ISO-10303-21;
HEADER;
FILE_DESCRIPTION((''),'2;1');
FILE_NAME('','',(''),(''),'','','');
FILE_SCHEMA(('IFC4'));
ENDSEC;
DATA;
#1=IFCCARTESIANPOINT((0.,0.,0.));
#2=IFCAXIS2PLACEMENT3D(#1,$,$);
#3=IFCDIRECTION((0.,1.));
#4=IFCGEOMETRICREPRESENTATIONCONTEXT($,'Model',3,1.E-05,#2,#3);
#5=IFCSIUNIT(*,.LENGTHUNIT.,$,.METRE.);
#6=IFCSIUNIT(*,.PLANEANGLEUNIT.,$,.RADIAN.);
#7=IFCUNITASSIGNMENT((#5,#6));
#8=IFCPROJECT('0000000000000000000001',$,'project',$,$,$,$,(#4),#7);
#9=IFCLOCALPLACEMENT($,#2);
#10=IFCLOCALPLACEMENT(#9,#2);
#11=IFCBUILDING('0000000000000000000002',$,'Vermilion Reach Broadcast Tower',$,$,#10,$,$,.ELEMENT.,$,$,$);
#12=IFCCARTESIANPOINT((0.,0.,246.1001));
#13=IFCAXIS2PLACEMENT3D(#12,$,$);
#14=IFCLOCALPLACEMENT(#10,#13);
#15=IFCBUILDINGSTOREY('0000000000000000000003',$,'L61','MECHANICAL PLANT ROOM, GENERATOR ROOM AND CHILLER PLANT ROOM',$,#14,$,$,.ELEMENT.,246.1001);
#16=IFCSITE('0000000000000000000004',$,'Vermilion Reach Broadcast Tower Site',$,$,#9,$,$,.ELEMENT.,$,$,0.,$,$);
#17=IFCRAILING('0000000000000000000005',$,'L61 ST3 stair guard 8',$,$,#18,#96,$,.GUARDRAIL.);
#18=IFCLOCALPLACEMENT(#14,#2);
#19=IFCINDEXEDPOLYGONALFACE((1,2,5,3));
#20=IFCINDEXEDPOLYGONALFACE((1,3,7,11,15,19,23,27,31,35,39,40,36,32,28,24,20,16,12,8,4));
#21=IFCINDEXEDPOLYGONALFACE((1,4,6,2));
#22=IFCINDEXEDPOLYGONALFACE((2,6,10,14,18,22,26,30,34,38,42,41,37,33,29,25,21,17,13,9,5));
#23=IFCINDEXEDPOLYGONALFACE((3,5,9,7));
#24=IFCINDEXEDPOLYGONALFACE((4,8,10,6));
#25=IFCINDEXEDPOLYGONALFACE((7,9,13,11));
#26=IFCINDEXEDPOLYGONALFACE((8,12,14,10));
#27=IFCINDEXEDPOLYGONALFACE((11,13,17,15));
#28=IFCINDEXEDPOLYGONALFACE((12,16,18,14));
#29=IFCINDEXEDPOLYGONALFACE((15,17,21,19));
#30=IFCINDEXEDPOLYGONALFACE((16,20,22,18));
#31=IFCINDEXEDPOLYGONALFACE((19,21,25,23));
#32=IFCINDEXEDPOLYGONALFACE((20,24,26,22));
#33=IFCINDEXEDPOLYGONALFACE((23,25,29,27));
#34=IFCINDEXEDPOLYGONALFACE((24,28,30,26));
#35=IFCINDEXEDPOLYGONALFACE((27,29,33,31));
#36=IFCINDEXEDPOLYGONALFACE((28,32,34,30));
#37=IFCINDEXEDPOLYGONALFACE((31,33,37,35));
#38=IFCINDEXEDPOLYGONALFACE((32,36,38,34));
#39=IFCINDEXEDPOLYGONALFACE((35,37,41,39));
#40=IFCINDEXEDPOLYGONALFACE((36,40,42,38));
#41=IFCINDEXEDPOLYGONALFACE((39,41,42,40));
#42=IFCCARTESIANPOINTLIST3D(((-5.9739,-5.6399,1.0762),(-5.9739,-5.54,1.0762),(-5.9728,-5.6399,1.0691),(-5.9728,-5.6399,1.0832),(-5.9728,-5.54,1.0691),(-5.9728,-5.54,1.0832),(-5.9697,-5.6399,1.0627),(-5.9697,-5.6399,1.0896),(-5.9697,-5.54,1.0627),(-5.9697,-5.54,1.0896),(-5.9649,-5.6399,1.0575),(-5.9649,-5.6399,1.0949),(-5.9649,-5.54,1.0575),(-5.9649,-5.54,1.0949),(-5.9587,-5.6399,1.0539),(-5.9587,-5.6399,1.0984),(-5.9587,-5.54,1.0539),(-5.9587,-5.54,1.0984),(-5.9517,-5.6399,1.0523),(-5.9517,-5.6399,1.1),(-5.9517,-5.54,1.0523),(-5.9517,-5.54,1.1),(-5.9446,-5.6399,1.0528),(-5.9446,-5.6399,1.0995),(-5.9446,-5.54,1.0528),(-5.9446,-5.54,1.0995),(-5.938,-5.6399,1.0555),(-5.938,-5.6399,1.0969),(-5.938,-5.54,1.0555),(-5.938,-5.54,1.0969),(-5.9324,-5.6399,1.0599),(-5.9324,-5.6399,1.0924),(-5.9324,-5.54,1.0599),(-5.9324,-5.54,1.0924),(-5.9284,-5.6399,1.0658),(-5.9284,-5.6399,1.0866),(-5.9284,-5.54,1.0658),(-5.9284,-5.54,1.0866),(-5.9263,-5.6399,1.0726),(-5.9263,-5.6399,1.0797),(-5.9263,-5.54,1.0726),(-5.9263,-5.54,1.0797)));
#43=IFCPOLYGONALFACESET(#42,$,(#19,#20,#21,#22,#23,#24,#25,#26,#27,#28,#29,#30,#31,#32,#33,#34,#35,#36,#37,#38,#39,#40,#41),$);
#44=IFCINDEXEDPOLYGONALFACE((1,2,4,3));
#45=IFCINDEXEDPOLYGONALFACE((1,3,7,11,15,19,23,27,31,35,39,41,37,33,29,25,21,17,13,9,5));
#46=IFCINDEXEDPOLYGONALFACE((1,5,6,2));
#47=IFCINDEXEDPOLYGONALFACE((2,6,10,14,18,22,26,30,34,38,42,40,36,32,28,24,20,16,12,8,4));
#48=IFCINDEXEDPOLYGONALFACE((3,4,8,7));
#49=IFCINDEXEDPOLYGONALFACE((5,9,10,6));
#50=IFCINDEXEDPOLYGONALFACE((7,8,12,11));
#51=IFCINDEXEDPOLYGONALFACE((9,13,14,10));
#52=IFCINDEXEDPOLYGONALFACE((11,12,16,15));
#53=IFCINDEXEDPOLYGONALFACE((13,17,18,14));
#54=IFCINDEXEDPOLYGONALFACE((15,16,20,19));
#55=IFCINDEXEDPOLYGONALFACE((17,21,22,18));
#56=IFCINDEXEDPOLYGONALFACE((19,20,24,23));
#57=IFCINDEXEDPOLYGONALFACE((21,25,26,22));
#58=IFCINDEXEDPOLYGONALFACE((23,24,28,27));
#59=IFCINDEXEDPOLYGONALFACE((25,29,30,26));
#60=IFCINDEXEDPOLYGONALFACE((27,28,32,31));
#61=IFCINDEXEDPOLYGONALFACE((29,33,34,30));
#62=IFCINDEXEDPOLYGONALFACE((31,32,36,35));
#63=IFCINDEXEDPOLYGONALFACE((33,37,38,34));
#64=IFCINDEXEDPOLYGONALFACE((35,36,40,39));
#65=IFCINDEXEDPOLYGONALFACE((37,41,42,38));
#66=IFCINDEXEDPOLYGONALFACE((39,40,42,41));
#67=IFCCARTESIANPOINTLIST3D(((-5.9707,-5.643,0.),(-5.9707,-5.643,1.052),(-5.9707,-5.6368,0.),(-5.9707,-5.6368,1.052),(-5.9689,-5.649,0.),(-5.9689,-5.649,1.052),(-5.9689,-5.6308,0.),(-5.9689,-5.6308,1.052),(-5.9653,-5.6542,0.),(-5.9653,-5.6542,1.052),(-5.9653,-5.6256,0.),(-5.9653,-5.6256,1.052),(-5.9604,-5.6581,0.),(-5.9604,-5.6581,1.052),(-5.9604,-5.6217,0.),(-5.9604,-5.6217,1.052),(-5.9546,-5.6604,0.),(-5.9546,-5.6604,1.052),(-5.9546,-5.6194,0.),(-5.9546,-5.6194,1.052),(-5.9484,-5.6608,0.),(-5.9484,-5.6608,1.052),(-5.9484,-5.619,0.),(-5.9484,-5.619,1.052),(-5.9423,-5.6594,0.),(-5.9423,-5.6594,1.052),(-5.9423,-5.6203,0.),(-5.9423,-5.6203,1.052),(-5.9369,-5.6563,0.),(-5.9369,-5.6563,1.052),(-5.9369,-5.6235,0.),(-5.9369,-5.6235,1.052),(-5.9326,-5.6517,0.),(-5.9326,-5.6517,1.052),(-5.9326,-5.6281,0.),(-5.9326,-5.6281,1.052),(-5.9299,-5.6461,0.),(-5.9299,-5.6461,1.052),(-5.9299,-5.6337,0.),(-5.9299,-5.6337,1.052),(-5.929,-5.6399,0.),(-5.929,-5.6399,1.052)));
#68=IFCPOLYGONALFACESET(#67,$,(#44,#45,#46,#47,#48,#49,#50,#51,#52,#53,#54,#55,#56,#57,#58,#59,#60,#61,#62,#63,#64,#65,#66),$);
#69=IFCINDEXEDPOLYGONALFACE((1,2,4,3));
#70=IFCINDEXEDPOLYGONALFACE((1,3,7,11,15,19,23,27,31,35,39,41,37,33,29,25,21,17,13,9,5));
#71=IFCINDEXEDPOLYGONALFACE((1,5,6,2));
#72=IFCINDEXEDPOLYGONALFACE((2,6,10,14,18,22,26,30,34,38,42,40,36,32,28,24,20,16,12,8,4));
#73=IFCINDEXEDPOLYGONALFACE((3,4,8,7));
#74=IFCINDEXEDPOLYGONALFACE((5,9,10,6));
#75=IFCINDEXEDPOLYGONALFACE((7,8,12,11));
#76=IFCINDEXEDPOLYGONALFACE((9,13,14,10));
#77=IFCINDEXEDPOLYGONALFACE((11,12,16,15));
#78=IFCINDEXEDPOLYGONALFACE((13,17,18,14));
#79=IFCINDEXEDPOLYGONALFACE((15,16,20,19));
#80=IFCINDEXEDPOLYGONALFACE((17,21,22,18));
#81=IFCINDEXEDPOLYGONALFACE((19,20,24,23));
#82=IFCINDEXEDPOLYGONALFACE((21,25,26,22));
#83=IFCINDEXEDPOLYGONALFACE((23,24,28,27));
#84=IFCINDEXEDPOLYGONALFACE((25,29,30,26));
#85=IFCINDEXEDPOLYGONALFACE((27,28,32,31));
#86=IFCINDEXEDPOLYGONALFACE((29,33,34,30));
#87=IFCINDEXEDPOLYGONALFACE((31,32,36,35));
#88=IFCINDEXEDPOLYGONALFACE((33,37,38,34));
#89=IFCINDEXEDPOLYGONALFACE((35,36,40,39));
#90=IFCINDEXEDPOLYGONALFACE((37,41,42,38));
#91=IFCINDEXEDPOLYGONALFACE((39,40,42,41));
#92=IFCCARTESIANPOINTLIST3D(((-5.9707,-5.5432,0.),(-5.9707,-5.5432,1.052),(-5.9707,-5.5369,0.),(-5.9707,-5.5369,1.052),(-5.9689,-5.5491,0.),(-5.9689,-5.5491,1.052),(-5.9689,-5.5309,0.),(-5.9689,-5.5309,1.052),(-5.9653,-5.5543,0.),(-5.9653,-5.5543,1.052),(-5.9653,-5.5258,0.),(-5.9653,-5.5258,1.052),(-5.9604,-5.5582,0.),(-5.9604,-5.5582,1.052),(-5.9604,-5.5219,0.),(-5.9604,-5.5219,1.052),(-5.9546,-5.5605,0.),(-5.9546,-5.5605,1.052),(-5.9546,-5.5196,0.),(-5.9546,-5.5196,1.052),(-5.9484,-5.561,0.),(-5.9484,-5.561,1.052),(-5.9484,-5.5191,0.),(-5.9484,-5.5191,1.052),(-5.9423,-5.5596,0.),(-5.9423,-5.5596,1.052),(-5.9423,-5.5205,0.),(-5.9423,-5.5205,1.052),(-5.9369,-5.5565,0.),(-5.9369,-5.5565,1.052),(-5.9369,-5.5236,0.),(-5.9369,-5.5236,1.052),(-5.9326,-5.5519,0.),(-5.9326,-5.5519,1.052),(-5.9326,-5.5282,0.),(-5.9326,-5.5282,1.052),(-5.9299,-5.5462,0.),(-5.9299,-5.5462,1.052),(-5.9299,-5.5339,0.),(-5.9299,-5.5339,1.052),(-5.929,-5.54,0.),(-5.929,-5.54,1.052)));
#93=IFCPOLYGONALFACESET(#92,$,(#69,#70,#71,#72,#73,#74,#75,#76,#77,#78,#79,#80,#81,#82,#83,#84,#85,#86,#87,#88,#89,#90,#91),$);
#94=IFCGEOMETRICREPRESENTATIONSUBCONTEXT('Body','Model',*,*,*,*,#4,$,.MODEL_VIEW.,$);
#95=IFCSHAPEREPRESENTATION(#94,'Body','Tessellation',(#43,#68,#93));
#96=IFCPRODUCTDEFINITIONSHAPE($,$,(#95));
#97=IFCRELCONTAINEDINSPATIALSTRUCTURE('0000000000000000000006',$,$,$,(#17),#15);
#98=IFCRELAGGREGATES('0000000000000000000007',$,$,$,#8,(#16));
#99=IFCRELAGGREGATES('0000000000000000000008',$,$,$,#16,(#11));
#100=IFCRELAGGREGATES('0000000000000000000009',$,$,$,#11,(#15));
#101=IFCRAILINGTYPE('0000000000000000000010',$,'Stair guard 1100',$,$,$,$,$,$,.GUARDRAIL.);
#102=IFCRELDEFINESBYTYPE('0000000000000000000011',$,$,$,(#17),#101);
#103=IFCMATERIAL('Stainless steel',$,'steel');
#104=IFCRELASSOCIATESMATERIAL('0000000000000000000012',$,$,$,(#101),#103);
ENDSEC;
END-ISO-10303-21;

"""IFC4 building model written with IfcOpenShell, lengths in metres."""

from ifc_helpers import new_model, si_unit, direction, frame, origin, origin_2d, place, context, subcontext, project, spatial, circle, extrude, material, type_object, element, save


model = new_model("IFC4")

# Units and contexts
model_context = context("Model", 3, precision=1e-05, world=origin(), true_north=direction((0.0, 1.0)))
body_context = subcontext(model_context, "Body", "Model", "MODEL_VIEW")
ifc_project = project(units=[si_unit("LENGTHUNIT", "METRE"), si_unit("PLANEANGLEUNIT", "RADIAN")], contexts=[model_context])

# Site, building, storey
site_placement = place(None, origin())
site = spatial("IfcSite", under=ifc_project, at=site_placement, Name="Vermilion Reach Broadcast Tower Site", CompositionType="ELEMENT", RefElevation=0.0)
building_placement = place(site_placement, origin())
building = spatial("IfcBuilding", under=site, at=building_placement, Name="Vermilion Reach Broadcast Tower", CompositionType="ELEMENT")
storey_placement = place(building_placement, frame((0.0, 0.0, 246.1001)))
storey = spatial("IfcBuildingStorey", under=building, at=storey_placement, Name="L61", Description="MECHANICAL PLANT ROOM, GENERATOR ROOM AND CHILLER PLANT ROOM", CompositionType="ELEMENT", Elevation=246.1001)

# Railing
ifc_material_1 = material(Name="Stainless steel", Category="steel")
railing_type_1 = type_object("IfcRailingType", Name="Stair guard 1100", PredefinedType="GUARDRAIL", material=ifc_material_1)
railing_1_placement = place(storey_placement, frame((-5.95, -5.6399, 0.0)))
element("IfcRailing", 1, at=railing_1_placement, inside=storey, type_object=railing_type_1, Name="L61 ST3 stair guard 8", PredefinedType="GUARDRAIL", context=body_context, shape_type="SweptSolid", body=[
    extrude(circle(Radius=0.0239, at=origin_2d()), frame((0.0, 0.0, 1.0762), z_axis=(0.0, 1.0, 0.0), x_axis=(-1.0, 0.0, 0.0)), (0.0, 0.0, 1.0), 0.0999),
    extrude(circle(Radius=0.021, at=origin_2d()), origin(), (0.0, 0.0, 1.0), 1.052),
    extrude(circle(Radius=0.021, at=origin_2d()), frame((0.0, 0.0999, 0.0)), (0.0, 0.0, 1.0), 1.052),
])

save(model, "model.ifc")
